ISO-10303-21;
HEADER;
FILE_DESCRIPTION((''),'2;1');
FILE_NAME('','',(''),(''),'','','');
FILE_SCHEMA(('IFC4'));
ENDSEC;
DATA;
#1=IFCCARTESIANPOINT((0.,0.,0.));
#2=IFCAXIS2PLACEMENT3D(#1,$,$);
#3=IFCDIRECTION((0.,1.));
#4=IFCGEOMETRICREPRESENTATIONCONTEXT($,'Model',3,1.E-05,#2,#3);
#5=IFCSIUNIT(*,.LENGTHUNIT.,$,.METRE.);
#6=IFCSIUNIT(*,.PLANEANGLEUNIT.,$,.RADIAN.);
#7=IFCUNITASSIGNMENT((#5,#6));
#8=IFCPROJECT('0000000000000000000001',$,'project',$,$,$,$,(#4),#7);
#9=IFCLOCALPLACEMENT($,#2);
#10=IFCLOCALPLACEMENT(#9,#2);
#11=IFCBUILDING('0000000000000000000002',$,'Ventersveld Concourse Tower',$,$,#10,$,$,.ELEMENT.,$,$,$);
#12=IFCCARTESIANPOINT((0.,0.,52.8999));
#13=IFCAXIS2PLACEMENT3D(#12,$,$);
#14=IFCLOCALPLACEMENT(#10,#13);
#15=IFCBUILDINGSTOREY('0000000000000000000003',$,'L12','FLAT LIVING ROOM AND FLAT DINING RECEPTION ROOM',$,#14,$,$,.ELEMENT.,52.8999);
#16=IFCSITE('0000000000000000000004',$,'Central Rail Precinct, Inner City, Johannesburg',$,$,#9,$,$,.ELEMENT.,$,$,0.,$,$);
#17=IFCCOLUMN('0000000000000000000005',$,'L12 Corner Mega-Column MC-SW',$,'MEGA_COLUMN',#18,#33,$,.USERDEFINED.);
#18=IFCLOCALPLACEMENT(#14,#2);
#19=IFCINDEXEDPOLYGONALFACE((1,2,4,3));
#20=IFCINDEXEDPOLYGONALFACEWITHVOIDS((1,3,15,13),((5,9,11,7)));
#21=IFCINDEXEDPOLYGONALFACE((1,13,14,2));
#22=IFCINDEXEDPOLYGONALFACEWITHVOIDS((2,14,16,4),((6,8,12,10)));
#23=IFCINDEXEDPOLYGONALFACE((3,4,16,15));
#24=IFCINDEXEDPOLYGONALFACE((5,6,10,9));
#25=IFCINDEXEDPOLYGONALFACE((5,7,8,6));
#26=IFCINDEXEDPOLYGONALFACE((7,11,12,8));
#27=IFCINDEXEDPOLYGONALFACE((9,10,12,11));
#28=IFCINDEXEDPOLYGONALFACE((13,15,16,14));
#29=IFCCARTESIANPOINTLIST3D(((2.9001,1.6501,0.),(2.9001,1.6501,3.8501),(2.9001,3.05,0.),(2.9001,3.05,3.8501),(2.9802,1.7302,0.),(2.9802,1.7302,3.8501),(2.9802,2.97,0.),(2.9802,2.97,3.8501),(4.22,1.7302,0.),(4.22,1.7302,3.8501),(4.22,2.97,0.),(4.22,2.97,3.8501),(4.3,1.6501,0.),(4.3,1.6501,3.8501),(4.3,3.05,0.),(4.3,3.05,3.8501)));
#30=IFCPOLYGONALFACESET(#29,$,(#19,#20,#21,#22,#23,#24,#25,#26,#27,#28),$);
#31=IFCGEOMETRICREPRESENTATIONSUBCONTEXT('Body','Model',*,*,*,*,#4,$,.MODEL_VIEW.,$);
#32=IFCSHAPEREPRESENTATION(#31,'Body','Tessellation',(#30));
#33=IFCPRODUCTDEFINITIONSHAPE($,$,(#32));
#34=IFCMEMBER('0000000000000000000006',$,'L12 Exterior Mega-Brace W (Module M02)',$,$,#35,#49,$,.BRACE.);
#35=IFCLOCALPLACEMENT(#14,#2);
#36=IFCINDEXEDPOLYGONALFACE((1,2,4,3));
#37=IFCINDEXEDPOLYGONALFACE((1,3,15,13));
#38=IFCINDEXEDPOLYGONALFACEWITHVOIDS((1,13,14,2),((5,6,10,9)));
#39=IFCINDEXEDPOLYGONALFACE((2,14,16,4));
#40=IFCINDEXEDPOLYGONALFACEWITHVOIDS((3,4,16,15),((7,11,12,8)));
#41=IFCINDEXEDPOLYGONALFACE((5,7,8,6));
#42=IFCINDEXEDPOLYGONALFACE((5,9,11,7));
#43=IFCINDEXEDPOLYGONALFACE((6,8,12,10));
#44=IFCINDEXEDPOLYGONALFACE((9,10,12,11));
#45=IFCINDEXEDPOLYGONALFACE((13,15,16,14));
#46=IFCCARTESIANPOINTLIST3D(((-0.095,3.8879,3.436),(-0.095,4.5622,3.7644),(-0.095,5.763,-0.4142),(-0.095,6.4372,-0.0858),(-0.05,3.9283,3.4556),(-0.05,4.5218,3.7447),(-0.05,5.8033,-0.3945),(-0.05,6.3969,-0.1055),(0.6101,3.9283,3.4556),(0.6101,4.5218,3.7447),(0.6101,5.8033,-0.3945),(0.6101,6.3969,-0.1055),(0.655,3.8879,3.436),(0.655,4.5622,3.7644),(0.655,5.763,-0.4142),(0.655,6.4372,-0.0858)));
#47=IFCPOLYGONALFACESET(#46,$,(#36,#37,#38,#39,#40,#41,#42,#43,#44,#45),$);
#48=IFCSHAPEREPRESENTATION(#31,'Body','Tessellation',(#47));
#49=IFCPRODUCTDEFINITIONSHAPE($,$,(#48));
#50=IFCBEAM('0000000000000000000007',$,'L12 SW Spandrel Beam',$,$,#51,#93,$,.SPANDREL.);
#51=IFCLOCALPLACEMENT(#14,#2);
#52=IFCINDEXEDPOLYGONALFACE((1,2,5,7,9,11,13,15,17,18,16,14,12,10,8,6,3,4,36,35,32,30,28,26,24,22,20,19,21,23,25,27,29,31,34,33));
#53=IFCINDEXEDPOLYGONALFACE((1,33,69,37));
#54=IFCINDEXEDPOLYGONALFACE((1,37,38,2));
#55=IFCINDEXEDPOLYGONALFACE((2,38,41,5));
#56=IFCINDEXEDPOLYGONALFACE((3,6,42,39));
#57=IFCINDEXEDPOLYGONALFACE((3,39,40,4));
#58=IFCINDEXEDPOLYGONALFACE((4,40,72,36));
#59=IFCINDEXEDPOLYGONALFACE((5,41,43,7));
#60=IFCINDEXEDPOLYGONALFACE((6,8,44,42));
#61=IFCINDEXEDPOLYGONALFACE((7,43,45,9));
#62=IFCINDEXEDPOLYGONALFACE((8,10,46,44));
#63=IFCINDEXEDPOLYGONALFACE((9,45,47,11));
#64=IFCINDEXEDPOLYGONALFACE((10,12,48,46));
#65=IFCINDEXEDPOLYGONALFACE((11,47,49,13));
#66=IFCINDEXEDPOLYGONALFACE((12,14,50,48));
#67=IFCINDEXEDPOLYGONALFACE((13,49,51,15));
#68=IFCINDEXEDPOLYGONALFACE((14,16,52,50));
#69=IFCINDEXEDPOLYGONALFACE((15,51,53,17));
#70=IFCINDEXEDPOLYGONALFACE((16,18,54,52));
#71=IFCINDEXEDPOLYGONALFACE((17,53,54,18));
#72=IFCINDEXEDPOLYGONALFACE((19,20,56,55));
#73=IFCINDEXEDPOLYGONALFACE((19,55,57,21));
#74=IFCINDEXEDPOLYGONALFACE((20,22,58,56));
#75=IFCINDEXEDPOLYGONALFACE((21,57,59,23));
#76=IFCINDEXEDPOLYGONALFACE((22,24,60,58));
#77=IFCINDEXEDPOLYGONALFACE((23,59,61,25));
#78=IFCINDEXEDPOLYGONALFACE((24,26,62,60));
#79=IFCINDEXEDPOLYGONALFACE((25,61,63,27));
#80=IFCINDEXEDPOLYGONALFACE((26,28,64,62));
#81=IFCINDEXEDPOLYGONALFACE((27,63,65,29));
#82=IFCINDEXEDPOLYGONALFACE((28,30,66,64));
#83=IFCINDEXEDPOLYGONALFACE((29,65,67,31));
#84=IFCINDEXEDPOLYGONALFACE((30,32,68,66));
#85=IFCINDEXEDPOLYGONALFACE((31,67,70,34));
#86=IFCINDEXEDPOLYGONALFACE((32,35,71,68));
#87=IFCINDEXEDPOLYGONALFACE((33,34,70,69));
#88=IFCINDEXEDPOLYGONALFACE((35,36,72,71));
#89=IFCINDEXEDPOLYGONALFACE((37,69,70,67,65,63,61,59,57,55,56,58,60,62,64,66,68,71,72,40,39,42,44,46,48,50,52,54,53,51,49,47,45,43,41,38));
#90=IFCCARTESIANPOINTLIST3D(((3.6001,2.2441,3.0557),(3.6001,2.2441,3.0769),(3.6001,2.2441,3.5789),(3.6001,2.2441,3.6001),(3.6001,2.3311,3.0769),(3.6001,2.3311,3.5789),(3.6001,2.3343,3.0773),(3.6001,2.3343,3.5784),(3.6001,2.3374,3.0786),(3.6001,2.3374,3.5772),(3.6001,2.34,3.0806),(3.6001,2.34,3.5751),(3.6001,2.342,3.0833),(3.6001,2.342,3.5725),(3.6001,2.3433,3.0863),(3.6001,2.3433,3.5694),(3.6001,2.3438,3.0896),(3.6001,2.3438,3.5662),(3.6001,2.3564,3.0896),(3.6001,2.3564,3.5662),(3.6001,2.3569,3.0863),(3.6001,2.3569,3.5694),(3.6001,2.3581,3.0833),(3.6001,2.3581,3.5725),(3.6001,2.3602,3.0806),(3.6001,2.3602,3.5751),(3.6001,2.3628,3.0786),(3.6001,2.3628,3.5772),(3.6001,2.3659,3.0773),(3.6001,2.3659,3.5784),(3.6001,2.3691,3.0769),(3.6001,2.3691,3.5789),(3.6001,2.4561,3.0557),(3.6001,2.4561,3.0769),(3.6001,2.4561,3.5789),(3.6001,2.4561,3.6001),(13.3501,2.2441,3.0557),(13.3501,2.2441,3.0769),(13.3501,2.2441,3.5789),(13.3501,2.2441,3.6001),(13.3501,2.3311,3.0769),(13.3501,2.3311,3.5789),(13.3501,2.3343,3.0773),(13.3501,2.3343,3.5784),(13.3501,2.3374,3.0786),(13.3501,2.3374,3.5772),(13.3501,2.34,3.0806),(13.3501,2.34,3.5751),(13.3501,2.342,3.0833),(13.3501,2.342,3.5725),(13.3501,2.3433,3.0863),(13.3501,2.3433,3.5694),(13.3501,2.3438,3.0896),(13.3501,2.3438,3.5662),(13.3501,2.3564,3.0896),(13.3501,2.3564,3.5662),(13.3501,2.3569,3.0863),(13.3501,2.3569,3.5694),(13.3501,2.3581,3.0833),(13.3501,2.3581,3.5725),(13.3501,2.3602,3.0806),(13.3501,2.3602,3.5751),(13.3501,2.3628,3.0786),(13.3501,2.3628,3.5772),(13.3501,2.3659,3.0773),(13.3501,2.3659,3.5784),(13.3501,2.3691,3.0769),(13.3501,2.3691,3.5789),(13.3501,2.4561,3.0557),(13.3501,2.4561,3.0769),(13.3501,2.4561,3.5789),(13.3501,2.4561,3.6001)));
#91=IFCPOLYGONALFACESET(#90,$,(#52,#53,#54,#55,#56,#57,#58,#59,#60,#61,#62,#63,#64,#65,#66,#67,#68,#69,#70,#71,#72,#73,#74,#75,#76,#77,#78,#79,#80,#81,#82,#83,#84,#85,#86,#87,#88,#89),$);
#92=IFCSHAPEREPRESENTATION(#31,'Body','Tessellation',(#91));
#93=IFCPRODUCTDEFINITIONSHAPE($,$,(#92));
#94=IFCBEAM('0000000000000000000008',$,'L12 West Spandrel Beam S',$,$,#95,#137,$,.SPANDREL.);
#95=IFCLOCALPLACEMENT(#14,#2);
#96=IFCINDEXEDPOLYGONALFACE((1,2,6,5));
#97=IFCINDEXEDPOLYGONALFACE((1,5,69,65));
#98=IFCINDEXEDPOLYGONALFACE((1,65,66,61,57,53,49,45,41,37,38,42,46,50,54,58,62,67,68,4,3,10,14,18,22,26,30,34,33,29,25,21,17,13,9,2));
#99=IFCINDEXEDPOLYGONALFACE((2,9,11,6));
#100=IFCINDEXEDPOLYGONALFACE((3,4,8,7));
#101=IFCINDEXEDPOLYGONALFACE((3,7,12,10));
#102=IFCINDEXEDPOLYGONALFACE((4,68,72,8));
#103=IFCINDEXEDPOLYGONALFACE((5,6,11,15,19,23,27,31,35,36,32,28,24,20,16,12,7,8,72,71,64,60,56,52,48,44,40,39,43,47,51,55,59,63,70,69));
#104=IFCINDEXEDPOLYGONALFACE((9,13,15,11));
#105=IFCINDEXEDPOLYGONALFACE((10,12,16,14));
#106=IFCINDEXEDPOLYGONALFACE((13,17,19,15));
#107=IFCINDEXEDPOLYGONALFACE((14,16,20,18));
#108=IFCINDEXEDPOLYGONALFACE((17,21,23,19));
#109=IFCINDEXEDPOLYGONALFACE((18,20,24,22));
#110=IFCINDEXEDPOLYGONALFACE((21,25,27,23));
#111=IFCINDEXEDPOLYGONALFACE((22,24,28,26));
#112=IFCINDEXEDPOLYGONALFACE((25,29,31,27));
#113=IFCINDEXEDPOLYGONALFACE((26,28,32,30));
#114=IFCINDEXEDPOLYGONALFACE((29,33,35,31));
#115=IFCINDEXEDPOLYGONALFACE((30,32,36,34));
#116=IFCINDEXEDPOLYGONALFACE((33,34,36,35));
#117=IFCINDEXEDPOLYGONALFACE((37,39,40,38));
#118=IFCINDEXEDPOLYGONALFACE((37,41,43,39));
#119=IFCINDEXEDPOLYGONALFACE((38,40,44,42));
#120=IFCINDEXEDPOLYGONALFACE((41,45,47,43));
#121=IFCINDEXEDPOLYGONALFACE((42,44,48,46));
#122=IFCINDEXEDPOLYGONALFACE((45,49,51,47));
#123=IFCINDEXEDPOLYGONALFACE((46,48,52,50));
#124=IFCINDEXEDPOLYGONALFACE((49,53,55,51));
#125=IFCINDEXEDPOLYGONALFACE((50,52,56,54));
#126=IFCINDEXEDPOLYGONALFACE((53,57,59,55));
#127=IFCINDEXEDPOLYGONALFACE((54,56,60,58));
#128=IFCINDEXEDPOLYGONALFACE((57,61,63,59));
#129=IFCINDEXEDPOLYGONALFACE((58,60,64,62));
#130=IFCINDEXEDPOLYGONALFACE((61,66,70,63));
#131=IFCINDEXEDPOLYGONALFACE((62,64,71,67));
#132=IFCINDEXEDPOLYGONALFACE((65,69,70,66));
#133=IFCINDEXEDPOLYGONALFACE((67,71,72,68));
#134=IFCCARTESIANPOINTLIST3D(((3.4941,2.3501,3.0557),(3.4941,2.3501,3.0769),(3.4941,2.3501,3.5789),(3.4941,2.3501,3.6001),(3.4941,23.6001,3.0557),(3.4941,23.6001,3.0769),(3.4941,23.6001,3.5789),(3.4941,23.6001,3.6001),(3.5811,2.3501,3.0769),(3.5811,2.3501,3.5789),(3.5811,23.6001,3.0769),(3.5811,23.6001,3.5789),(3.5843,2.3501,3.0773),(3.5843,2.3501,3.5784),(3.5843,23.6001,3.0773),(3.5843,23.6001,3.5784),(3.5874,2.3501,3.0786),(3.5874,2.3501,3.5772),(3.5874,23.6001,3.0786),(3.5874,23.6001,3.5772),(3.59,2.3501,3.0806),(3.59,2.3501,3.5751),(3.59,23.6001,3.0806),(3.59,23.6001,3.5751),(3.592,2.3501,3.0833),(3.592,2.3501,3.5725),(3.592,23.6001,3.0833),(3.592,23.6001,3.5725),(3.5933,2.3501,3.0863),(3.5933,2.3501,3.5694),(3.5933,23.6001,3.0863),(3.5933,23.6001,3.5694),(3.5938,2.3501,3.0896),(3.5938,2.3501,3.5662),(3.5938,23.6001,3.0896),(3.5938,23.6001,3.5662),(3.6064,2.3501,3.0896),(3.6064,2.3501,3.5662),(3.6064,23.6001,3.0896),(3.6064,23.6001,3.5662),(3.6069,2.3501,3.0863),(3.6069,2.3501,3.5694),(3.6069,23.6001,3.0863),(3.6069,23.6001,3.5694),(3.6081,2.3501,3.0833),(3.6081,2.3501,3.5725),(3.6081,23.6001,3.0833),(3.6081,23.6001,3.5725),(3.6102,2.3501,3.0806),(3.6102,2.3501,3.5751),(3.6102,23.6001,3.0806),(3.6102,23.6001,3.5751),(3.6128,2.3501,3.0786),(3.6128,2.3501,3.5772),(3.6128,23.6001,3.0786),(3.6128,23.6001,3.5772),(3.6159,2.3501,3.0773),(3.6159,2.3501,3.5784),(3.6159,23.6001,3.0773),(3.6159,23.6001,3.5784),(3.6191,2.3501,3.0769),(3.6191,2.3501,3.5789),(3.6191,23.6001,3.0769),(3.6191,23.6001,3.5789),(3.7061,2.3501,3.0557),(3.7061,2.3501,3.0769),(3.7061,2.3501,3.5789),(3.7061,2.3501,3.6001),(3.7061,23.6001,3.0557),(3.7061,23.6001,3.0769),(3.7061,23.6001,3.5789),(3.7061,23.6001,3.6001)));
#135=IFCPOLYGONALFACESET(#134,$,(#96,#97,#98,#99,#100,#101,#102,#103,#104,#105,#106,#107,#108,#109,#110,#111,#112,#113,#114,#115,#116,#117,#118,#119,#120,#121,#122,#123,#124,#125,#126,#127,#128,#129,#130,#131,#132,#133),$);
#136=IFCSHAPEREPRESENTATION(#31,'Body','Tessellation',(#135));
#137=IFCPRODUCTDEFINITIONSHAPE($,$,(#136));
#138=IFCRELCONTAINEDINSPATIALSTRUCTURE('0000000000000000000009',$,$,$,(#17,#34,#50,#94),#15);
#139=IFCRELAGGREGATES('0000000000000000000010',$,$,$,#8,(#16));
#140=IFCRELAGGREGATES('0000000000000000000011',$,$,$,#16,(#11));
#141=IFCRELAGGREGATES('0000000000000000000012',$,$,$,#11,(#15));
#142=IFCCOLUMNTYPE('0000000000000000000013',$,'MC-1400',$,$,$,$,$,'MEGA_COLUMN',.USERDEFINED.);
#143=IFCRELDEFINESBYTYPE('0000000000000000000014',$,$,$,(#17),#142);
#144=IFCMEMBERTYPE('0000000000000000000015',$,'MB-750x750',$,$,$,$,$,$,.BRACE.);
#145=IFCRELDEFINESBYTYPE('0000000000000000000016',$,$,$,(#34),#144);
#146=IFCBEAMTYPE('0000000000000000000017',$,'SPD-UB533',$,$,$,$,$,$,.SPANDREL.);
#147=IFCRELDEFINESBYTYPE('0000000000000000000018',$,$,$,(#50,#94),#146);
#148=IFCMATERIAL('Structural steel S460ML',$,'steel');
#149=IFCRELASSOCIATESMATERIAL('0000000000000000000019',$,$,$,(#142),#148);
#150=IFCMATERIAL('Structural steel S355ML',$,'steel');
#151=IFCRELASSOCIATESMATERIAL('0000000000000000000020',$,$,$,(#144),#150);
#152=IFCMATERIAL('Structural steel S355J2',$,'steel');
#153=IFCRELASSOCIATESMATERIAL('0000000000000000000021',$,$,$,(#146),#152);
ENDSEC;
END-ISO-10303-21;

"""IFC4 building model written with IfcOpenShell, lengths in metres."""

from ifc_helpers import new_model, si_unit, direction, frame, origin, origin_2d, place, context, subcontext, project, spatial, hollow_rectangle, i_section, extrude, material, material_profile, profile_set, type_object, element, save


model = new_model("IFC4")

# Units and contexts
model_context = context("Model", 3, precision=1e-05, world=origin(), true_north=direction((0.0, 1.0)))
body_context = subcontext(model_context, "Body", "Model", "MODEL_VIEW")
ifc_project = project(units=[si_unit("LENGTHUNIT", "METRE"), si_unit("PLANEANGLEUNIT", "RADIAN")], contexts=[model_context])

# Site, building, storey
site_placement = place(None, origin())
site = spatial("IfcSite", under=ifc_project, at=site_placement, Name="Central Rail Precinct, Inner City, Johannesburg", CompositionType="ELEMENT", RefElevation=0.0)
building_placement = place(site_placement, origin())
building = spatial("IfcBuilding", under=site, at=building_placement, Name="Ventersveld Concourse Tower", CompositionType="ELEMENT")
storey_placement = place(building_placement, frame((0.0, 0.0, 52.8999)))
storey = spatial("IfcBuildingStorey", under=building, at=storey_placement, Name="L12", Description="FLAT LIVING ROOM AND FLAT DINING RECEPTION ROOM", CompositionType="ELEMENT", Elevation=52.8999)

# Column
ifc_material_1 = material(Name="Structural steel S460ML", Category="steel")
ifc_material_profile_1 = material_profile(ifc_material_1, hollow_rectangle(XDim=1.3999, YDim=1.3999, WallThickness=0.0801, at=origin_2d()), Name="BOX 1400x1400x80")
ifc_profile_set_1 = profile_set([ifc_material_profile_1], Name="Structural steel S460ML")
column_type = type_object("IfcColumnType", Name="MC-1400", ElementType="MEGA_COLUMN", PredefinedType="USERDEFINED", material=ifc_profile_set_1)
column_placement = place(storey_placement, frame((3.6001, 2.3501, 0.0), z_axis=(0.0, 0.0, 1.0), x_axis=(1.0, 0.0, 0.0)))
element("IfcColumn", 1, at=column_placement, inside=storey, type_object=column_type, Name="L12 Corner Mega-Column MC-SW", ObjectType="MEGA_COLUMN", PredefinedType="USERDEFINED", context=body_context, shape_type="SweptSolid", body=[
    extrude(hollow_rectangle(XDim=1.3999, YDim=1.3999, WallThickness=0.0801, at=origin_2d()), origin(), (0.0, 0.0, 1.0), 3.8501),
])

# Member
ifc_material_2 = material(Name="Structural steel S355ML", Category="steel")
ifc_material_profile_2 = material_profile(ifc_material_2, hollow_rectangle(XDim=0.75, YDim=0.75, WallThickness=0.0449, at=origin_2d()), Name="BOX 750x750x45")
ifc_profile_set_2 = profile_set([ifc_material_profile_2], Name="Structural steel S355ML")
member_type = type_object("IfcMemberType", Name="MB-750x750", PredefinedType="BRACE", material=ifc_profile_set_2)
member_placement = place(storey_placement, frame((0.28, 6.1001, -0.25), z_axis=(0.0, -0.437839, 0.899053), x_axis=(1.0, 0.0, 0.0)))
element("IfcMember", 2, at=member_placement, inside=storey, type_object=member_type, Name="L12 Exterior Mega-Brace W (Module M02)", PredefinedType="BRACE", context=body_context, shape_type="SweptSolid", body=[
    extrude(hollow_rectangle(XDim=0.75, YDim=0.75, WallThickness=0.0449, at=origin_2d()), origin(), (0.0, 0.0, 1.0), 4.2825),
])

# Beams
ifc_material_3 = material(Name="Structural steel S355J2", Category="steel")
ifc_material_profile_3 = material_profile(ifc_material_3, i_section(OverallWidth=0.2119, OverallDepth=0.5444, WebThickness=0.0127, FlangeThickness=0.0212, FilletRadius=0.0127, at=origin_2d()), Name="UB 533x210x122")
ifc_profile_set_3 = profile_set([ifc_material_profile_3], Name="Structural steel S355J2")
beam_type = type_object("IfcBeamType", Name="SPD-UB533", PredefinedType="SPANDREL", material=ifc_profile_set_3)
beam_1_placement = place(storey_placement, frame((3.6001, 2.3501, 3.3279), z_axis=(1.0, 0.0, 0.0), x_axis=(0.0, 1.0, 0.0)))
element("IfcBeam", 3, at=beam_1_placement, inside=storey, type_object=beam_type, Name="L12 SW Spandrel Beam", PredefinedType="SPANDREL", context=body_context, shape_type="SweptSolid", body=[
    extrude(i_section(OverallWidth=0.2119, OverallDepth=0.5444, WebThickness=0.0127, FlangeThickness=0.0212, FilletRadius=0.0127, at=origin_2d()), origin(), (0.0, 0.0, 1.0), 9.75),
])
beam_2_placement = place(storey_placement, frame((3.6001, 2.3501, 3.3279), z_axis=(0.0, 1.0, 0.0), x_axis=(-1.0, 0.0, 0.0)))
element("IfcBeam", 4, at=beam_2_placement, inside=storey, type_object=beam_type, Name="L12 West Spandrel Beam S", PredefinedType="SPANDREL", context=body_context, shape_type="SweptSolid", body=[
    extrude(i_section(OverallWidth=0.2119, OverallDepth=0.5444, WebThickness=0.0127, FlangeThickness=0.0212, FilletRadius=0.0127, at=origin_2d()), origin(), (0.0, 0.0, 1.0), 21.25),
])

save(model, "model.ifc")
